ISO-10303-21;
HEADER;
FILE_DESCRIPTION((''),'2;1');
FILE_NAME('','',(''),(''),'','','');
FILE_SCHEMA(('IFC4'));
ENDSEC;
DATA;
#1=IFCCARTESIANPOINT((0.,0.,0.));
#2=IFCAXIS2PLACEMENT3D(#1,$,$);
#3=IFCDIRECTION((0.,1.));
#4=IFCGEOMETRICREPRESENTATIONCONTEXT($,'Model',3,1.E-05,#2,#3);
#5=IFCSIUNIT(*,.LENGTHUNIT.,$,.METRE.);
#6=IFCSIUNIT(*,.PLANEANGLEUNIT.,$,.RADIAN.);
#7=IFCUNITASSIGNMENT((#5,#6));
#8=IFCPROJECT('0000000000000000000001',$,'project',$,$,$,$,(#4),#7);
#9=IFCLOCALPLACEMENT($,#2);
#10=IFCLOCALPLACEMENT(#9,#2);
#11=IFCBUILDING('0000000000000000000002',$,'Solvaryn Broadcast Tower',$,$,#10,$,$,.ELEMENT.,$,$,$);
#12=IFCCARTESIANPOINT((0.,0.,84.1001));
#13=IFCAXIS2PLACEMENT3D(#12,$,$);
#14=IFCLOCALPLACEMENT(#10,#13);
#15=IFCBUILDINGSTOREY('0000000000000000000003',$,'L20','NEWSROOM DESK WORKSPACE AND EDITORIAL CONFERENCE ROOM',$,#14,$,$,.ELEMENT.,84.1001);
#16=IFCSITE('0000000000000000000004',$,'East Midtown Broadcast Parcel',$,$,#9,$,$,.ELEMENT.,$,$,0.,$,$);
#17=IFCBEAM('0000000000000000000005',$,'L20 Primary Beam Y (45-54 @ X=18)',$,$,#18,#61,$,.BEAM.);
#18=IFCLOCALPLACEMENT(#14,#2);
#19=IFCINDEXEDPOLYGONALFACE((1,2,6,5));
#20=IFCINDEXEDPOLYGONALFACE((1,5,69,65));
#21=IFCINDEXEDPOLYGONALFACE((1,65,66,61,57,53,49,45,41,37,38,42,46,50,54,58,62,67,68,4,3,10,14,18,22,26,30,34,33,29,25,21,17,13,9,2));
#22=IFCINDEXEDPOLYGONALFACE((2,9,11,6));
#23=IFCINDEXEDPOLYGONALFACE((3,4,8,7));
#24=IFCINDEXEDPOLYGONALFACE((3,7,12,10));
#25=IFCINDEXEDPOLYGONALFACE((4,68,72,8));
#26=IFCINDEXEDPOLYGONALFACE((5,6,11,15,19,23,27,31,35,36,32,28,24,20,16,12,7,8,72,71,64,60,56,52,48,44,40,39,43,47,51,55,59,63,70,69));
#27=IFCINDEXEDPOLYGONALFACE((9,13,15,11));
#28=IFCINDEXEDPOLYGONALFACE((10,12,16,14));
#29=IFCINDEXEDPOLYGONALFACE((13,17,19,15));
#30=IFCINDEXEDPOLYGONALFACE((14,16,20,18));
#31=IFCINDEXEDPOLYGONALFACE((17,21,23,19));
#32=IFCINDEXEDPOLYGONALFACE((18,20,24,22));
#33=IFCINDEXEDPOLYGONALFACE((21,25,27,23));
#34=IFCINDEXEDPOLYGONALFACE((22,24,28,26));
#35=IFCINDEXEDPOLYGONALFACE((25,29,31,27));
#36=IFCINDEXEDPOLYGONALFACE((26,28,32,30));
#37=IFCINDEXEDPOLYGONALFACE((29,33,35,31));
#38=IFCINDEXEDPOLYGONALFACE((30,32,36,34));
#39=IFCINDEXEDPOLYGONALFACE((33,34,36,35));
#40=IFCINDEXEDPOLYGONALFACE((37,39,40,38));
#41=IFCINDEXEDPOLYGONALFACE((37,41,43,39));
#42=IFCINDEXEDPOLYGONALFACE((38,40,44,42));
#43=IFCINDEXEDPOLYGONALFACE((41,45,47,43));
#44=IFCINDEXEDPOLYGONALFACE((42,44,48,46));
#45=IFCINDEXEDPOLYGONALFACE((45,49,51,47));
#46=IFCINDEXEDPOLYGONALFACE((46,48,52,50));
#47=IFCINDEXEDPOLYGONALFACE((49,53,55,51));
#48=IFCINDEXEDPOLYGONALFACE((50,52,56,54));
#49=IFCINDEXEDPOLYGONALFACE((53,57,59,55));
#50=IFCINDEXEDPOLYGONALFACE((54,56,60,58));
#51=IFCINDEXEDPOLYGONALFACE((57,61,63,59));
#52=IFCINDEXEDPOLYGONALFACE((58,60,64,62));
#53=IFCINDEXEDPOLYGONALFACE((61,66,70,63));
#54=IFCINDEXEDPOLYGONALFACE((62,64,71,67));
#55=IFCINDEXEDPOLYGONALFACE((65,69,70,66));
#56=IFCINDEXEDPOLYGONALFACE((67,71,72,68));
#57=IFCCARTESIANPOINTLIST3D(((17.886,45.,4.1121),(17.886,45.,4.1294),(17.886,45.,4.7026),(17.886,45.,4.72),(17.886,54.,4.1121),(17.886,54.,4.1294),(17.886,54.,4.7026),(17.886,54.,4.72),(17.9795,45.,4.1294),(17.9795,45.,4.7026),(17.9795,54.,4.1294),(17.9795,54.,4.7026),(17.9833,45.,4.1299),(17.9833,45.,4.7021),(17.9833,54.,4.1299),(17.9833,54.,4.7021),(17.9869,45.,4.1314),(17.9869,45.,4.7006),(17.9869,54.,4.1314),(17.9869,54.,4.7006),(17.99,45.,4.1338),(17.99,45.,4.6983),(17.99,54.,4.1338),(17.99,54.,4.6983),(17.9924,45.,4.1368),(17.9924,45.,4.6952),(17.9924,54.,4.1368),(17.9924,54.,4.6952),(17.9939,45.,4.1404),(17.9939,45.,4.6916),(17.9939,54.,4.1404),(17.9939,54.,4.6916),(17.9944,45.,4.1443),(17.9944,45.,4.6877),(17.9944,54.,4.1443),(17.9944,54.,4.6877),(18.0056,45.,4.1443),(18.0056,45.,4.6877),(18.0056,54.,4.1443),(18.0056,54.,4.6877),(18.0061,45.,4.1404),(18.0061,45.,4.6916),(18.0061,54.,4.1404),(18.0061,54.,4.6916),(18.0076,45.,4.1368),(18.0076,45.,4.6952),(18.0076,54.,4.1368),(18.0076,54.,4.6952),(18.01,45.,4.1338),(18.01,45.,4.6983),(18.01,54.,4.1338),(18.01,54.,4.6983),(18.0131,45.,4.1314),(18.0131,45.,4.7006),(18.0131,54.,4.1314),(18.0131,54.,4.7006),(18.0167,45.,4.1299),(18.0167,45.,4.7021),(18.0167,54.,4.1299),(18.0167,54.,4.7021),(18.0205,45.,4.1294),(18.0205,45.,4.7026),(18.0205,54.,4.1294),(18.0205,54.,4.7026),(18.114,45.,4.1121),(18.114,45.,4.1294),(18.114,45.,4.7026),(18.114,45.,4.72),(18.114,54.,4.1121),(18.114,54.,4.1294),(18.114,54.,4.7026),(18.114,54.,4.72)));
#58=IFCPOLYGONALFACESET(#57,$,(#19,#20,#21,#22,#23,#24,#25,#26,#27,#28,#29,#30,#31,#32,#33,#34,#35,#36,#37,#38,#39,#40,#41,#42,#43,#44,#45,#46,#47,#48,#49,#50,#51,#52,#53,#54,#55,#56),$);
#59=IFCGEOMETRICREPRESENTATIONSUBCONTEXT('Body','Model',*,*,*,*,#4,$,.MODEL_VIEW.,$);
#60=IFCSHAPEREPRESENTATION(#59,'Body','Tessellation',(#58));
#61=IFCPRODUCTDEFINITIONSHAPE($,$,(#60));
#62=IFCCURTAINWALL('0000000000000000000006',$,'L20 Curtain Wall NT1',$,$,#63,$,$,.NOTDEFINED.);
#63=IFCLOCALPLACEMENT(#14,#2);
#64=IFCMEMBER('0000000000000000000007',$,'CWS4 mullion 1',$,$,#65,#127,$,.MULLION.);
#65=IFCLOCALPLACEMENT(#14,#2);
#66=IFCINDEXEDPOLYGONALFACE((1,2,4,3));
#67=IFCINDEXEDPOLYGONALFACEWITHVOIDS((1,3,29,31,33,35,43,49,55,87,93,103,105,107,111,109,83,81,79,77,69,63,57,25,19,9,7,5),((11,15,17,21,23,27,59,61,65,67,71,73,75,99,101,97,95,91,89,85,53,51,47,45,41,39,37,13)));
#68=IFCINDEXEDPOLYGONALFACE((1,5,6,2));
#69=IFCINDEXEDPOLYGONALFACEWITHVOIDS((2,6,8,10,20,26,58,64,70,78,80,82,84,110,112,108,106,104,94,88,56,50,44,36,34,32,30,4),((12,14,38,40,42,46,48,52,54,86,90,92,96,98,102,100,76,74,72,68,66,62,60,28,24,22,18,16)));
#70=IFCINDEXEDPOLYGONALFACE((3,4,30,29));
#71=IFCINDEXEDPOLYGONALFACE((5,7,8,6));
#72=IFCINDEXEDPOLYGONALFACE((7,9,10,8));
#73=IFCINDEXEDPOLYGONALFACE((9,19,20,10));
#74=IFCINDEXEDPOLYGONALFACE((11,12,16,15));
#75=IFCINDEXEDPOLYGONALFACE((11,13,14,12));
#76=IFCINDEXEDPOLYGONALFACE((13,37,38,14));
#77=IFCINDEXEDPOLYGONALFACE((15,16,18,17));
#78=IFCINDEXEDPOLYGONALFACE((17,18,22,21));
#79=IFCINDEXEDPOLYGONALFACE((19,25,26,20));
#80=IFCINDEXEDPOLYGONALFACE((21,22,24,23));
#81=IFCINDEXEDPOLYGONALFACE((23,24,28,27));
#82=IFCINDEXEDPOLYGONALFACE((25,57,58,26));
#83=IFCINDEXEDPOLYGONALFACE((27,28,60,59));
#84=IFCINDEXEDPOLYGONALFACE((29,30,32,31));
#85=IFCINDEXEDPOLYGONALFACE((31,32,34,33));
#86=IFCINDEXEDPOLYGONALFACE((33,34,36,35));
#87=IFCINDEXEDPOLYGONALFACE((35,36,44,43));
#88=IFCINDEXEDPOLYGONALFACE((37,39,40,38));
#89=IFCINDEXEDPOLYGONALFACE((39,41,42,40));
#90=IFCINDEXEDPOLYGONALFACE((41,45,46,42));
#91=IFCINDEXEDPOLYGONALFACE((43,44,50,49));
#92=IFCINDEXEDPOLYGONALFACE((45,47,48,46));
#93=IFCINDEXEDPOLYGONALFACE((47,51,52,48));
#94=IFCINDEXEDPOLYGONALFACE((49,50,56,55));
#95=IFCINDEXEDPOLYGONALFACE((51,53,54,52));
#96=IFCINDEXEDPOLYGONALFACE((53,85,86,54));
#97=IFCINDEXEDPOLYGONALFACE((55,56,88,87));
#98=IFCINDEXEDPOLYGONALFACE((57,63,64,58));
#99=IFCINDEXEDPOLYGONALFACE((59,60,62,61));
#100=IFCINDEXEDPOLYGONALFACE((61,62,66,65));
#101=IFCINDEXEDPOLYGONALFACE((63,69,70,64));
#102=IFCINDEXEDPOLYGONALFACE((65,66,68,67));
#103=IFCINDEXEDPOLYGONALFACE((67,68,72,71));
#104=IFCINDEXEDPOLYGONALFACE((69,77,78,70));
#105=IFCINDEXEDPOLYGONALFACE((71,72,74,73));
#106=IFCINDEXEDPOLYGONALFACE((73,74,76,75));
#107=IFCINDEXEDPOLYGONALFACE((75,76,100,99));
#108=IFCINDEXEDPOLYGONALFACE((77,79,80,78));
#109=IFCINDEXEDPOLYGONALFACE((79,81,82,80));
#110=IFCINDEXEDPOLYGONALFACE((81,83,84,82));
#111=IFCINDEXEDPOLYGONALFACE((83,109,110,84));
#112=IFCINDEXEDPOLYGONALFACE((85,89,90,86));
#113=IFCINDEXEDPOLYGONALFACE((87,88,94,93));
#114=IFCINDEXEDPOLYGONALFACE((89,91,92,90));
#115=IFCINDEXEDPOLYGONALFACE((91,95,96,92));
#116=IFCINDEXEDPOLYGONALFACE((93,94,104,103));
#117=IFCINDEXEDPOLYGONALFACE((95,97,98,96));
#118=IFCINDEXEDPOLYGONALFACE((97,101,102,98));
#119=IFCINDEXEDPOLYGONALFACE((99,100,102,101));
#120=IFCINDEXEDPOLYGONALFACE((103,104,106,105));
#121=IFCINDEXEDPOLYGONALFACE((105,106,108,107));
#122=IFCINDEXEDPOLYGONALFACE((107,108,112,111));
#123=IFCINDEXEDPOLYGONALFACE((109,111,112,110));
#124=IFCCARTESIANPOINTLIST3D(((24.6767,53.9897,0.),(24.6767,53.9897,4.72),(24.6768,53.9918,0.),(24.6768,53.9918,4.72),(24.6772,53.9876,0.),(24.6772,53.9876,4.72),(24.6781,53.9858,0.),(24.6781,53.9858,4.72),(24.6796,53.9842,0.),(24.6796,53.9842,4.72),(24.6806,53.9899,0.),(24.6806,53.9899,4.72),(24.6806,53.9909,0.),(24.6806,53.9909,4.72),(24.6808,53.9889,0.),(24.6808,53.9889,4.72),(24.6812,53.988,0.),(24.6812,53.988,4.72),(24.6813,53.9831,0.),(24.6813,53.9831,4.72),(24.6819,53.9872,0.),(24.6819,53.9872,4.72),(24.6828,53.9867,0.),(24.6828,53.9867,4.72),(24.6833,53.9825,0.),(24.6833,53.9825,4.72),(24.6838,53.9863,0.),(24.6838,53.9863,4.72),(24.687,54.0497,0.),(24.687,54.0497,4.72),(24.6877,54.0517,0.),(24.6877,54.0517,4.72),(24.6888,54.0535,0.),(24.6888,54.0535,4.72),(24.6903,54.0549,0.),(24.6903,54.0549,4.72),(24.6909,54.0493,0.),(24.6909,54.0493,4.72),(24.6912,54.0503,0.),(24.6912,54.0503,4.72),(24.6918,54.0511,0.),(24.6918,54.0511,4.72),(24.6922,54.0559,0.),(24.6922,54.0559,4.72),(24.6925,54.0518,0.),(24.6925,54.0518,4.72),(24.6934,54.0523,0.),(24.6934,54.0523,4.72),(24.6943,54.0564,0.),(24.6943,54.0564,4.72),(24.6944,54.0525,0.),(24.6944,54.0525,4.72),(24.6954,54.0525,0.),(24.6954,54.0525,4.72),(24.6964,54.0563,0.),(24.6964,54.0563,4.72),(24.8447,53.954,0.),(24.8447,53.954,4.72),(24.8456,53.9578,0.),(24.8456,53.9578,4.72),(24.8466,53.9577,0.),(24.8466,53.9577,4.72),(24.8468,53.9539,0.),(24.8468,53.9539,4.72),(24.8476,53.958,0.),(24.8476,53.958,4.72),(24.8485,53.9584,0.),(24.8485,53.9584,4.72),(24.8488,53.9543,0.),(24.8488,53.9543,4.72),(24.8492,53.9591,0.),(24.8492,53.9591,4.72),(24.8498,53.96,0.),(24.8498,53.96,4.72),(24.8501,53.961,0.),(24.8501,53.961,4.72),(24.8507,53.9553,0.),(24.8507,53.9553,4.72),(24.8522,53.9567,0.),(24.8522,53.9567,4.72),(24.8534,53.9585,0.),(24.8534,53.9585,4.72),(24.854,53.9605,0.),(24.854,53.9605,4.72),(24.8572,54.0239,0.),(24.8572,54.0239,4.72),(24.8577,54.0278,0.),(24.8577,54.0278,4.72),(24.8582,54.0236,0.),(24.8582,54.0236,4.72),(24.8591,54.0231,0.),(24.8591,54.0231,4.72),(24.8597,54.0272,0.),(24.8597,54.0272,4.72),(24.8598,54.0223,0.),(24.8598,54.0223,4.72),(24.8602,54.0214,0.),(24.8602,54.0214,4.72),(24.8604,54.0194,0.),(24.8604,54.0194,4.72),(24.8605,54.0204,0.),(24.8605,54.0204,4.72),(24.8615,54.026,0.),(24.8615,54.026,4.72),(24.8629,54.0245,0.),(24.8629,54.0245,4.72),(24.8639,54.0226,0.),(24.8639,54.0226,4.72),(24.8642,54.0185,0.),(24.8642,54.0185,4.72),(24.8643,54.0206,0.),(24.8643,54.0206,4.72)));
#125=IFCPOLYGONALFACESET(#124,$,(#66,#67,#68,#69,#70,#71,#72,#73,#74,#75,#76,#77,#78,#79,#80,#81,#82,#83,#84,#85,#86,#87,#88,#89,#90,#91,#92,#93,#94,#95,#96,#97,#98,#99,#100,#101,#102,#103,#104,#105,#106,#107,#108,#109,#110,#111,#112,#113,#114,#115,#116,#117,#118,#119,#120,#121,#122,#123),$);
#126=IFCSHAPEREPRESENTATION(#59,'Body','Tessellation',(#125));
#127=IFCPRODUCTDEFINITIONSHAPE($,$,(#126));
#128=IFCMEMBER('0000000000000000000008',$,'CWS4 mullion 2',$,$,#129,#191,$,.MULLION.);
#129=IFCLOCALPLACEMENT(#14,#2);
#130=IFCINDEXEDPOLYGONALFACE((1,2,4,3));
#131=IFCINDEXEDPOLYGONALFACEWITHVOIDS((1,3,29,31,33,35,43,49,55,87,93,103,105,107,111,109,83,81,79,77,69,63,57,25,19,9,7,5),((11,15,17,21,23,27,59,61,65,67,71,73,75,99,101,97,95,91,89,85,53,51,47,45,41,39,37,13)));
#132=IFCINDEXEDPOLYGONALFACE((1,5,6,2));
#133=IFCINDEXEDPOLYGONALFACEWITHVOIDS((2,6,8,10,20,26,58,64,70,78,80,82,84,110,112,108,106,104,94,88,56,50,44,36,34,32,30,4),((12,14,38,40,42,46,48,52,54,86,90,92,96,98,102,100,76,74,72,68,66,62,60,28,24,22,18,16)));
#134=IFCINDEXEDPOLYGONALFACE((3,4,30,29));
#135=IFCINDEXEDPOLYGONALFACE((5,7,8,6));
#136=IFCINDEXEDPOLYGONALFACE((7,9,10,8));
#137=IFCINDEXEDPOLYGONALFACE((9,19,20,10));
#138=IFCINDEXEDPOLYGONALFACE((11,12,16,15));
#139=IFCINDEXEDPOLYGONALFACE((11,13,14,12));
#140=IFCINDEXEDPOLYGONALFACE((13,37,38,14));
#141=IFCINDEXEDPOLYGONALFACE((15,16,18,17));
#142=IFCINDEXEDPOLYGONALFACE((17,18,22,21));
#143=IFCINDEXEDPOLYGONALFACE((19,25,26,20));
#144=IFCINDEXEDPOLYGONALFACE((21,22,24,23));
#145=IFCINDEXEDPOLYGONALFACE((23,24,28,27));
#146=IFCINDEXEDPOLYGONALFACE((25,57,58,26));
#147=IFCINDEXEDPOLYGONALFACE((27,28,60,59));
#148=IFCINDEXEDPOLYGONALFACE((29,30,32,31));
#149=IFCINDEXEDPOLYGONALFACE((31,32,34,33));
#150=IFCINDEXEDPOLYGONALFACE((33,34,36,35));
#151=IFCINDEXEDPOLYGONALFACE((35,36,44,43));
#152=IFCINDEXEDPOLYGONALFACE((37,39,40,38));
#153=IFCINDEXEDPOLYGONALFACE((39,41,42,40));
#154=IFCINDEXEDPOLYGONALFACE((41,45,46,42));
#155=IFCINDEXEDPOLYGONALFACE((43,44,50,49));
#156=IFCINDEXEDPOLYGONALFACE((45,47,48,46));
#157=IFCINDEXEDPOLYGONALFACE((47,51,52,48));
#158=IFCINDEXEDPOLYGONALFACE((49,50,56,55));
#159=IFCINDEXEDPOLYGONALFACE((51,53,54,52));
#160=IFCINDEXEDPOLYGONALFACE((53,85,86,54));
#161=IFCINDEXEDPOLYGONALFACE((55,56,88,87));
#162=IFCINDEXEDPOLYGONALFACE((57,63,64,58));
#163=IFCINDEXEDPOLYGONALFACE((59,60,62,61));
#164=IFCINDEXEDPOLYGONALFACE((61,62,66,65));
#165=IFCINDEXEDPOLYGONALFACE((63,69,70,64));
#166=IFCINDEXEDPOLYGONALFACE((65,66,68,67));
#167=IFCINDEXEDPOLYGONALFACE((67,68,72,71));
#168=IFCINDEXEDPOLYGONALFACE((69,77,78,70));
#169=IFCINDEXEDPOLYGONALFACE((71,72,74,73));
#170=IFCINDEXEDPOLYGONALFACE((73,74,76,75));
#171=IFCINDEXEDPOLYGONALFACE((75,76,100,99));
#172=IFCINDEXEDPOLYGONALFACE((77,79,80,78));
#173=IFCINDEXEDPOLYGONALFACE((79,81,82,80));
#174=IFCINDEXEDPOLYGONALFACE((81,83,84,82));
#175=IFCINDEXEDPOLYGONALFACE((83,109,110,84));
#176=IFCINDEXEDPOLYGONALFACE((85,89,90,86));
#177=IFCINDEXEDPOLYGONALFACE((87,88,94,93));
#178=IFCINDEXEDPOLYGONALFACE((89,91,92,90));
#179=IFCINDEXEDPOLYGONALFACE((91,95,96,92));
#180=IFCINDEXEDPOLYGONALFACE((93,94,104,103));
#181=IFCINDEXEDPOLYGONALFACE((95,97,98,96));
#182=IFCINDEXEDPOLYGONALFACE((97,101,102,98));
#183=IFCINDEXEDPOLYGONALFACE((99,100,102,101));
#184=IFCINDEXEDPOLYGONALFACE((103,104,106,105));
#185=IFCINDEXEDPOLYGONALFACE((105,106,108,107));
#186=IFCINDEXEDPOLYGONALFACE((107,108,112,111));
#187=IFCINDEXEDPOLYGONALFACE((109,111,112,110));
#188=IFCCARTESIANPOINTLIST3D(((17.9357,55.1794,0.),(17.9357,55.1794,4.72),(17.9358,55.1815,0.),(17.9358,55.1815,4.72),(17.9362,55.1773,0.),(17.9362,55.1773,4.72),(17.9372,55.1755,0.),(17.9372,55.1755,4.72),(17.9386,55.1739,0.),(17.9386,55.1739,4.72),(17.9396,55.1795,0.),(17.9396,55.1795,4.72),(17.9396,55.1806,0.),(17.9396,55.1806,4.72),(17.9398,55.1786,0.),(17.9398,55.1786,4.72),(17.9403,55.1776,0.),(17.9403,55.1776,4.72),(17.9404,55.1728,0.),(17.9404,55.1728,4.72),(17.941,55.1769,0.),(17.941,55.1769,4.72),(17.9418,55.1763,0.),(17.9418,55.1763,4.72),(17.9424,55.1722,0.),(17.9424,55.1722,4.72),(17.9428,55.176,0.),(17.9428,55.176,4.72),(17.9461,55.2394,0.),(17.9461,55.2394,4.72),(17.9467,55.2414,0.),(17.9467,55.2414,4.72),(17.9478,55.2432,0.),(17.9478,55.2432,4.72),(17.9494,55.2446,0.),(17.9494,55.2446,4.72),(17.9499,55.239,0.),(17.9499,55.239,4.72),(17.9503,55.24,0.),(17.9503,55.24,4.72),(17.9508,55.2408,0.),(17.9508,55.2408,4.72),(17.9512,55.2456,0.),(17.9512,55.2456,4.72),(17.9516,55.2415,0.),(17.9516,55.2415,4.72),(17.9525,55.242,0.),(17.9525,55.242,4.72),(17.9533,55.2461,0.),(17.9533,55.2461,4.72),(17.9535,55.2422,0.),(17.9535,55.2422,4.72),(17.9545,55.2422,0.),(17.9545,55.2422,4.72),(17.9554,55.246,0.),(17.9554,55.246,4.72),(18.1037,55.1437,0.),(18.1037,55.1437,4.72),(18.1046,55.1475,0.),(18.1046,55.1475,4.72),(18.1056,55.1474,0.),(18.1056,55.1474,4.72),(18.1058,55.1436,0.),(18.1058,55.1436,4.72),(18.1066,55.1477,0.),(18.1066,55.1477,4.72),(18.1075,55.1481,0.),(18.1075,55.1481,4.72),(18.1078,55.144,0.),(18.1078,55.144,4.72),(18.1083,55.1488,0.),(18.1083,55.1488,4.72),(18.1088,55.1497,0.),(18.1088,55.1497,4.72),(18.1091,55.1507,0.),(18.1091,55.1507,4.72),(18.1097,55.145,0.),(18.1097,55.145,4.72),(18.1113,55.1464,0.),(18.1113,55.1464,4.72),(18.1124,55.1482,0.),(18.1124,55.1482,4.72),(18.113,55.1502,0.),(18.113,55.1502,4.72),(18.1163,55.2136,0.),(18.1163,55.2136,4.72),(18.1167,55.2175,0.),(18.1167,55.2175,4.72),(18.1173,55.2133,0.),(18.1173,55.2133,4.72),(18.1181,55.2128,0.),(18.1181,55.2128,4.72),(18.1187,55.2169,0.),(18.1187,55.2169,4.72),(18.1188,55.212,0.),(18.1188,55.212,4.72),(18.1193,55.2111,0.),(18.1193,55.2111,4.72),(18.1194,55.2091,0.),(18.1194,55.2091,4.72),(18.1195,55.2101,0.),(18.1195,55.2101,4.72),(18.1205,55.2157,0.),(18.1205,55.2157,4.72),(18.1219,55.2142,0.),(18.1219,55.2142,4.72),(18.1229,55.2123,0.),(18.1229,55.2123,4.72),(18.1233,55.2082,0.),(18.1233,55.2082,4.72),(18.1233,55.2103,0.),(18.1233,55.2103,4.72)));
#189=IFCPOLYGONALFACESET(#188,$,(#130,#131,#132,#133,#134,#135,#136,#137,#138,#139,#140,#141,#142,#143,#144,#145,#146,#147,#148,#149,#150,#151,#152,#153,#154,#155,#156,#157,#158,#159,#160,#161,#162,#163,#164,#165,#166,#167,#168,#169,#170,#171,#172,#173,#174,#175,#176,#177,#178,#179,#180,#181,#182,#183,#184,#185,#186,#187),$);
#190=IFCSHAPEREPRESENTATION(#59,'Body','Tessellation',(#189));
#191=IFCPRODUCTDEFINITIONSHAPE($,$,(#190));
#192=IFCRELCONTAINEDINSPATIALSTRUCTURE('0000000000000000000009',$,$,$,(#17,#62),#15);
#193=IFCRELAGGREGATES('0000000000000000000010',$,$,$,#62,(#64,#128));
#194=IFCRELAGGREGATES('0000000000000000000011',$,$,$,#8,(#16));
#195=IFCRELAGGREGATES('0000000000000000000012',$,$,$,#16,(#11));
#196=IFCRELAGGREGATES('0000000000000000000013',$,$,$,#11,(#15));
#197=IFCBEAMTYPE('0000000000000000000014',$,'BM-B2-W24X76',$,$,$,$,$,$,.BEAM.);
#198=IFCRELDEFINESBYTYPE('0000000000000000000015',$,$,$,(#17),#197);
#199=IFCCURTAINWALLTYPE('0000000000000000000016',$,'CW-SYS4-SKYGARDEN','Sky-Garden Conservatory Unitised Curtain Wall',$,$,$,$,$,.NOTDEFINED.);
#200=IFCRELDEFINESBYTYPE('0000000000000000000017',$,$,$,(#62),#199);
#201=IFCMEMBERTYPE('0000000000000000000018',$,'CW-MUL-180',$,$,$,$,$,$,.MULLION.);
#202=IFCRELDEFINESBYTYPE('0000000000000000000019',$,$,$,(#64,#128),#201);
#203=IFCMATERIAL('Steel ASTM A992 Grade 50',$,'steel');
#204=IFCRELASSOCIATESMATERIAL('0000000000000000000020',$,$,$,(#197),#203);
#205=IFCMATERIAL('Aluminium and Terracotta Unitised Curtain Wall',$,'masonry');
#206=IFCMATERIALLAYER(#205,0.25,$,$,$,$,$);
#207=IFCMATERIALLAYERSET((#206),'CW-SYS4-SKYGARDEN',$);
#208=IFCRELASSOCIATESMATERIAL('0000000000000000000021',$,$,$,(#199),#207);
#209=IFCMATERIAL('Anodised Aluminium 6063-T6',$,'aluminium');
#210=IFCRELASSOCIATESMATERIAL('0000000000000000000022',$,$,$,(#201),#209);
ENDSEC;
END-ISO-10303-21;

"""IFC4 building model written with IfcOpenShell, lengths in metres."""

from ifc_helpers import new_model, si_unit, direction, frame, origin, origin_2d, place, context, subcontext, project, spatial, hollow_rectangle, i_section, extrude, material, layer, layer_set, material_profile, profile_set, type_object, element, aggregate, save


model = new_model("IFC4")

# Units and contexts
model_context = context("Model", 3, precision=1e-05, world=origin(), true_north=direction((0.0, 1.0)))
body_context = subcontext(model_context, "Body", "Model", "MODEL_VIEW")
ifc_project = project(units=[si_unit("LENGTHUNIT", "METRE"), si_unit("PLANEANGLEUNIT", "RADIAN")], contexts=[model_context])

# Site, building, storey
site_placement = place(None, origin())
site = spatial("IfcSite", under=ifc_project, at=site_placement, Name="East Midtown Broadcast Parcel", CompositionType="ELEMENT", RefElevation=0.0)
building_placement = place(site_placement, origin())
building = spatial("IfcBuilding", under=site, at=building_placement, Name="Solvaryn Broadcast Tower", CompositionType="ELEMENT")
storey_placement = place(building_placement, frame((0.0, 0.0, 84.1001)))
storey = spatial("IfcBuildingStorey", under=building, at=storey_placement, Name="L20", Description="NEWSROOM DESK WORKSPACE AND EDITORIAL CONFERENCE ROOM", CompositionType="ELEMENT", Elevation=84.1001)

# Beam
ifc_material_1 = material(Name="Steel ASTM A992 Grade 50", Category="steel")
ifc_material_profile_1 = material_profile(ifc_material_1, i_section(OverallWidth=0.228, OverallDepth=0.6079, WebThickness=0.0112, FlangeThickness=0.0173, FilletRadius=0.0149, at=origin_2d()))
ifc_profile_set_1 = profile_set([ifc_material_profile_1], Name="Steel ASTM A992 Grade 50")
beam_type_1 = type_object("IfcBeamType", Name="BM-B2-W24X76", PredefinedType="BEAM", material=ifc_profile_set_1)
beam_1_placement = place(storey_placement, frame((18.0, 45.0, 4.416), z_axis=(0.0, 1.0, 0.0), x_axis=(-1.0, 0.0, 0.0)))
element("IfcBeam", 1, at=beam_1_placement, inside=storey, type_object=beam_type_1, Name="L20 Primary Beam Y (45-54 @ X=18)", PredefinedType="BEAM", context=body_context, shape_type="SweptSolid", body=[
    extrude(i_section(OverallWidth=0.228, OverallDepth=0.6079, WebThickness=0.0112, FlangeThickness=0.0173, FilletRadius=0.0149, at=origin_2d()), origin(), (0.0, 0.0, 1.0), 9.0),
])

# Curtain wall, members
ifc_material_2 = material(Name="Aluminium and Terracotta Unitised Curtain Wall", Category="masonry")
ifc_layer_1 = layer(ifc_material_2, 0.25)
ifc_layer_set_1 = layer_set([ifc_layer_1], Name="CW-SYS4-SKYGARDEN")
curtain_wall_type = type_object("IfcCurtainWallType", Name="CW-SYS4-SKYGARDEN", Description="Sky-Garden Conservatory Unitised Curtain Wall", PredefinedType="NOTDEFINED", material=ifc_layer_set_1)
curtain_wall_1_placement = place(storey_placement, origin())
curtain_wall_1 = element("IfcCurtainWall", 2, at=curtain_wall_1_placement, inside=storey, type_object=curtain_wall_type, Name="L20 Curtain Wall NT1", PredefinedType="NOTDEFINED")
ifc_material_3 = material(Name="Anodised Aluminium 6063-T6", Category="aluminium")
ifc_material_profile_2 = material_profile(ifc_material_3, hollow_rectangle(XDim=0.075, YDim=0.1799, WallThickness=0.0039, InnerFilletRadius=0.0039, OuterFilletRadius=0.0081, at=origin_2d()))
ifc_profile_set_2 = profile_set([ifc_material_profile_2], Name="Anodised Aluminium 6063-T6")
member_type_1 = type_object("IfcMemberType", Name="CW-MUL-180", PredefinedType="MULLION", material=ifc_profile_set_2)
member_1_placement = place(storey_placement, frame((24.7705, 54.0051, 0.0), z_axis=(0.0, 0.0, 1.0), x_axis=(-0.173785, -0.984784, 0.0)))
member_1 = element("IfcMember", 3, at=member_1_placement, type_object=member_type_1, Name="CWS4 mullion 1", PredefinedType="MULLION", context=body_context, shape_type="SweptSolid", body=[
    extrude(hollow_rectangle(XDim=0.075, YDim=0.1799, WallThickness=0.0039, InnerFilletRadius=0.0039, OuterFilletRadius=0.0081, at=origin_2d()), origin(), (0.0, 0.0, 1.0), 4.72),
])
member_2_placement = place(storey_placement, frame((18.0295, 55.1948, 0.0), z_axis=(0.0, 0.0, 1.0), x_axis=(-0.173785, -0.984784, 0.0)))
member_2 = element("IfcMember", 4, at=member_2_placement, type_object=member_type_1, Name="CWS4 mullion 2", PredefinedType="MULLION", context=body_context, shape_type="SweptSolid", body=[
    extrude(hollow_rectangle(XDim=0.075, YDim=0.1799, WallThickness=0.0039, InnerFilletRadius=0.0039, OuterFilletRadius=0.0081, at=origin_2d()), origin(), (0.0, 0.0, 1.0), 4.72),
])

aggregate(curtain_wall_1, [member_1, member_2])

save(model, "model.ifc")
